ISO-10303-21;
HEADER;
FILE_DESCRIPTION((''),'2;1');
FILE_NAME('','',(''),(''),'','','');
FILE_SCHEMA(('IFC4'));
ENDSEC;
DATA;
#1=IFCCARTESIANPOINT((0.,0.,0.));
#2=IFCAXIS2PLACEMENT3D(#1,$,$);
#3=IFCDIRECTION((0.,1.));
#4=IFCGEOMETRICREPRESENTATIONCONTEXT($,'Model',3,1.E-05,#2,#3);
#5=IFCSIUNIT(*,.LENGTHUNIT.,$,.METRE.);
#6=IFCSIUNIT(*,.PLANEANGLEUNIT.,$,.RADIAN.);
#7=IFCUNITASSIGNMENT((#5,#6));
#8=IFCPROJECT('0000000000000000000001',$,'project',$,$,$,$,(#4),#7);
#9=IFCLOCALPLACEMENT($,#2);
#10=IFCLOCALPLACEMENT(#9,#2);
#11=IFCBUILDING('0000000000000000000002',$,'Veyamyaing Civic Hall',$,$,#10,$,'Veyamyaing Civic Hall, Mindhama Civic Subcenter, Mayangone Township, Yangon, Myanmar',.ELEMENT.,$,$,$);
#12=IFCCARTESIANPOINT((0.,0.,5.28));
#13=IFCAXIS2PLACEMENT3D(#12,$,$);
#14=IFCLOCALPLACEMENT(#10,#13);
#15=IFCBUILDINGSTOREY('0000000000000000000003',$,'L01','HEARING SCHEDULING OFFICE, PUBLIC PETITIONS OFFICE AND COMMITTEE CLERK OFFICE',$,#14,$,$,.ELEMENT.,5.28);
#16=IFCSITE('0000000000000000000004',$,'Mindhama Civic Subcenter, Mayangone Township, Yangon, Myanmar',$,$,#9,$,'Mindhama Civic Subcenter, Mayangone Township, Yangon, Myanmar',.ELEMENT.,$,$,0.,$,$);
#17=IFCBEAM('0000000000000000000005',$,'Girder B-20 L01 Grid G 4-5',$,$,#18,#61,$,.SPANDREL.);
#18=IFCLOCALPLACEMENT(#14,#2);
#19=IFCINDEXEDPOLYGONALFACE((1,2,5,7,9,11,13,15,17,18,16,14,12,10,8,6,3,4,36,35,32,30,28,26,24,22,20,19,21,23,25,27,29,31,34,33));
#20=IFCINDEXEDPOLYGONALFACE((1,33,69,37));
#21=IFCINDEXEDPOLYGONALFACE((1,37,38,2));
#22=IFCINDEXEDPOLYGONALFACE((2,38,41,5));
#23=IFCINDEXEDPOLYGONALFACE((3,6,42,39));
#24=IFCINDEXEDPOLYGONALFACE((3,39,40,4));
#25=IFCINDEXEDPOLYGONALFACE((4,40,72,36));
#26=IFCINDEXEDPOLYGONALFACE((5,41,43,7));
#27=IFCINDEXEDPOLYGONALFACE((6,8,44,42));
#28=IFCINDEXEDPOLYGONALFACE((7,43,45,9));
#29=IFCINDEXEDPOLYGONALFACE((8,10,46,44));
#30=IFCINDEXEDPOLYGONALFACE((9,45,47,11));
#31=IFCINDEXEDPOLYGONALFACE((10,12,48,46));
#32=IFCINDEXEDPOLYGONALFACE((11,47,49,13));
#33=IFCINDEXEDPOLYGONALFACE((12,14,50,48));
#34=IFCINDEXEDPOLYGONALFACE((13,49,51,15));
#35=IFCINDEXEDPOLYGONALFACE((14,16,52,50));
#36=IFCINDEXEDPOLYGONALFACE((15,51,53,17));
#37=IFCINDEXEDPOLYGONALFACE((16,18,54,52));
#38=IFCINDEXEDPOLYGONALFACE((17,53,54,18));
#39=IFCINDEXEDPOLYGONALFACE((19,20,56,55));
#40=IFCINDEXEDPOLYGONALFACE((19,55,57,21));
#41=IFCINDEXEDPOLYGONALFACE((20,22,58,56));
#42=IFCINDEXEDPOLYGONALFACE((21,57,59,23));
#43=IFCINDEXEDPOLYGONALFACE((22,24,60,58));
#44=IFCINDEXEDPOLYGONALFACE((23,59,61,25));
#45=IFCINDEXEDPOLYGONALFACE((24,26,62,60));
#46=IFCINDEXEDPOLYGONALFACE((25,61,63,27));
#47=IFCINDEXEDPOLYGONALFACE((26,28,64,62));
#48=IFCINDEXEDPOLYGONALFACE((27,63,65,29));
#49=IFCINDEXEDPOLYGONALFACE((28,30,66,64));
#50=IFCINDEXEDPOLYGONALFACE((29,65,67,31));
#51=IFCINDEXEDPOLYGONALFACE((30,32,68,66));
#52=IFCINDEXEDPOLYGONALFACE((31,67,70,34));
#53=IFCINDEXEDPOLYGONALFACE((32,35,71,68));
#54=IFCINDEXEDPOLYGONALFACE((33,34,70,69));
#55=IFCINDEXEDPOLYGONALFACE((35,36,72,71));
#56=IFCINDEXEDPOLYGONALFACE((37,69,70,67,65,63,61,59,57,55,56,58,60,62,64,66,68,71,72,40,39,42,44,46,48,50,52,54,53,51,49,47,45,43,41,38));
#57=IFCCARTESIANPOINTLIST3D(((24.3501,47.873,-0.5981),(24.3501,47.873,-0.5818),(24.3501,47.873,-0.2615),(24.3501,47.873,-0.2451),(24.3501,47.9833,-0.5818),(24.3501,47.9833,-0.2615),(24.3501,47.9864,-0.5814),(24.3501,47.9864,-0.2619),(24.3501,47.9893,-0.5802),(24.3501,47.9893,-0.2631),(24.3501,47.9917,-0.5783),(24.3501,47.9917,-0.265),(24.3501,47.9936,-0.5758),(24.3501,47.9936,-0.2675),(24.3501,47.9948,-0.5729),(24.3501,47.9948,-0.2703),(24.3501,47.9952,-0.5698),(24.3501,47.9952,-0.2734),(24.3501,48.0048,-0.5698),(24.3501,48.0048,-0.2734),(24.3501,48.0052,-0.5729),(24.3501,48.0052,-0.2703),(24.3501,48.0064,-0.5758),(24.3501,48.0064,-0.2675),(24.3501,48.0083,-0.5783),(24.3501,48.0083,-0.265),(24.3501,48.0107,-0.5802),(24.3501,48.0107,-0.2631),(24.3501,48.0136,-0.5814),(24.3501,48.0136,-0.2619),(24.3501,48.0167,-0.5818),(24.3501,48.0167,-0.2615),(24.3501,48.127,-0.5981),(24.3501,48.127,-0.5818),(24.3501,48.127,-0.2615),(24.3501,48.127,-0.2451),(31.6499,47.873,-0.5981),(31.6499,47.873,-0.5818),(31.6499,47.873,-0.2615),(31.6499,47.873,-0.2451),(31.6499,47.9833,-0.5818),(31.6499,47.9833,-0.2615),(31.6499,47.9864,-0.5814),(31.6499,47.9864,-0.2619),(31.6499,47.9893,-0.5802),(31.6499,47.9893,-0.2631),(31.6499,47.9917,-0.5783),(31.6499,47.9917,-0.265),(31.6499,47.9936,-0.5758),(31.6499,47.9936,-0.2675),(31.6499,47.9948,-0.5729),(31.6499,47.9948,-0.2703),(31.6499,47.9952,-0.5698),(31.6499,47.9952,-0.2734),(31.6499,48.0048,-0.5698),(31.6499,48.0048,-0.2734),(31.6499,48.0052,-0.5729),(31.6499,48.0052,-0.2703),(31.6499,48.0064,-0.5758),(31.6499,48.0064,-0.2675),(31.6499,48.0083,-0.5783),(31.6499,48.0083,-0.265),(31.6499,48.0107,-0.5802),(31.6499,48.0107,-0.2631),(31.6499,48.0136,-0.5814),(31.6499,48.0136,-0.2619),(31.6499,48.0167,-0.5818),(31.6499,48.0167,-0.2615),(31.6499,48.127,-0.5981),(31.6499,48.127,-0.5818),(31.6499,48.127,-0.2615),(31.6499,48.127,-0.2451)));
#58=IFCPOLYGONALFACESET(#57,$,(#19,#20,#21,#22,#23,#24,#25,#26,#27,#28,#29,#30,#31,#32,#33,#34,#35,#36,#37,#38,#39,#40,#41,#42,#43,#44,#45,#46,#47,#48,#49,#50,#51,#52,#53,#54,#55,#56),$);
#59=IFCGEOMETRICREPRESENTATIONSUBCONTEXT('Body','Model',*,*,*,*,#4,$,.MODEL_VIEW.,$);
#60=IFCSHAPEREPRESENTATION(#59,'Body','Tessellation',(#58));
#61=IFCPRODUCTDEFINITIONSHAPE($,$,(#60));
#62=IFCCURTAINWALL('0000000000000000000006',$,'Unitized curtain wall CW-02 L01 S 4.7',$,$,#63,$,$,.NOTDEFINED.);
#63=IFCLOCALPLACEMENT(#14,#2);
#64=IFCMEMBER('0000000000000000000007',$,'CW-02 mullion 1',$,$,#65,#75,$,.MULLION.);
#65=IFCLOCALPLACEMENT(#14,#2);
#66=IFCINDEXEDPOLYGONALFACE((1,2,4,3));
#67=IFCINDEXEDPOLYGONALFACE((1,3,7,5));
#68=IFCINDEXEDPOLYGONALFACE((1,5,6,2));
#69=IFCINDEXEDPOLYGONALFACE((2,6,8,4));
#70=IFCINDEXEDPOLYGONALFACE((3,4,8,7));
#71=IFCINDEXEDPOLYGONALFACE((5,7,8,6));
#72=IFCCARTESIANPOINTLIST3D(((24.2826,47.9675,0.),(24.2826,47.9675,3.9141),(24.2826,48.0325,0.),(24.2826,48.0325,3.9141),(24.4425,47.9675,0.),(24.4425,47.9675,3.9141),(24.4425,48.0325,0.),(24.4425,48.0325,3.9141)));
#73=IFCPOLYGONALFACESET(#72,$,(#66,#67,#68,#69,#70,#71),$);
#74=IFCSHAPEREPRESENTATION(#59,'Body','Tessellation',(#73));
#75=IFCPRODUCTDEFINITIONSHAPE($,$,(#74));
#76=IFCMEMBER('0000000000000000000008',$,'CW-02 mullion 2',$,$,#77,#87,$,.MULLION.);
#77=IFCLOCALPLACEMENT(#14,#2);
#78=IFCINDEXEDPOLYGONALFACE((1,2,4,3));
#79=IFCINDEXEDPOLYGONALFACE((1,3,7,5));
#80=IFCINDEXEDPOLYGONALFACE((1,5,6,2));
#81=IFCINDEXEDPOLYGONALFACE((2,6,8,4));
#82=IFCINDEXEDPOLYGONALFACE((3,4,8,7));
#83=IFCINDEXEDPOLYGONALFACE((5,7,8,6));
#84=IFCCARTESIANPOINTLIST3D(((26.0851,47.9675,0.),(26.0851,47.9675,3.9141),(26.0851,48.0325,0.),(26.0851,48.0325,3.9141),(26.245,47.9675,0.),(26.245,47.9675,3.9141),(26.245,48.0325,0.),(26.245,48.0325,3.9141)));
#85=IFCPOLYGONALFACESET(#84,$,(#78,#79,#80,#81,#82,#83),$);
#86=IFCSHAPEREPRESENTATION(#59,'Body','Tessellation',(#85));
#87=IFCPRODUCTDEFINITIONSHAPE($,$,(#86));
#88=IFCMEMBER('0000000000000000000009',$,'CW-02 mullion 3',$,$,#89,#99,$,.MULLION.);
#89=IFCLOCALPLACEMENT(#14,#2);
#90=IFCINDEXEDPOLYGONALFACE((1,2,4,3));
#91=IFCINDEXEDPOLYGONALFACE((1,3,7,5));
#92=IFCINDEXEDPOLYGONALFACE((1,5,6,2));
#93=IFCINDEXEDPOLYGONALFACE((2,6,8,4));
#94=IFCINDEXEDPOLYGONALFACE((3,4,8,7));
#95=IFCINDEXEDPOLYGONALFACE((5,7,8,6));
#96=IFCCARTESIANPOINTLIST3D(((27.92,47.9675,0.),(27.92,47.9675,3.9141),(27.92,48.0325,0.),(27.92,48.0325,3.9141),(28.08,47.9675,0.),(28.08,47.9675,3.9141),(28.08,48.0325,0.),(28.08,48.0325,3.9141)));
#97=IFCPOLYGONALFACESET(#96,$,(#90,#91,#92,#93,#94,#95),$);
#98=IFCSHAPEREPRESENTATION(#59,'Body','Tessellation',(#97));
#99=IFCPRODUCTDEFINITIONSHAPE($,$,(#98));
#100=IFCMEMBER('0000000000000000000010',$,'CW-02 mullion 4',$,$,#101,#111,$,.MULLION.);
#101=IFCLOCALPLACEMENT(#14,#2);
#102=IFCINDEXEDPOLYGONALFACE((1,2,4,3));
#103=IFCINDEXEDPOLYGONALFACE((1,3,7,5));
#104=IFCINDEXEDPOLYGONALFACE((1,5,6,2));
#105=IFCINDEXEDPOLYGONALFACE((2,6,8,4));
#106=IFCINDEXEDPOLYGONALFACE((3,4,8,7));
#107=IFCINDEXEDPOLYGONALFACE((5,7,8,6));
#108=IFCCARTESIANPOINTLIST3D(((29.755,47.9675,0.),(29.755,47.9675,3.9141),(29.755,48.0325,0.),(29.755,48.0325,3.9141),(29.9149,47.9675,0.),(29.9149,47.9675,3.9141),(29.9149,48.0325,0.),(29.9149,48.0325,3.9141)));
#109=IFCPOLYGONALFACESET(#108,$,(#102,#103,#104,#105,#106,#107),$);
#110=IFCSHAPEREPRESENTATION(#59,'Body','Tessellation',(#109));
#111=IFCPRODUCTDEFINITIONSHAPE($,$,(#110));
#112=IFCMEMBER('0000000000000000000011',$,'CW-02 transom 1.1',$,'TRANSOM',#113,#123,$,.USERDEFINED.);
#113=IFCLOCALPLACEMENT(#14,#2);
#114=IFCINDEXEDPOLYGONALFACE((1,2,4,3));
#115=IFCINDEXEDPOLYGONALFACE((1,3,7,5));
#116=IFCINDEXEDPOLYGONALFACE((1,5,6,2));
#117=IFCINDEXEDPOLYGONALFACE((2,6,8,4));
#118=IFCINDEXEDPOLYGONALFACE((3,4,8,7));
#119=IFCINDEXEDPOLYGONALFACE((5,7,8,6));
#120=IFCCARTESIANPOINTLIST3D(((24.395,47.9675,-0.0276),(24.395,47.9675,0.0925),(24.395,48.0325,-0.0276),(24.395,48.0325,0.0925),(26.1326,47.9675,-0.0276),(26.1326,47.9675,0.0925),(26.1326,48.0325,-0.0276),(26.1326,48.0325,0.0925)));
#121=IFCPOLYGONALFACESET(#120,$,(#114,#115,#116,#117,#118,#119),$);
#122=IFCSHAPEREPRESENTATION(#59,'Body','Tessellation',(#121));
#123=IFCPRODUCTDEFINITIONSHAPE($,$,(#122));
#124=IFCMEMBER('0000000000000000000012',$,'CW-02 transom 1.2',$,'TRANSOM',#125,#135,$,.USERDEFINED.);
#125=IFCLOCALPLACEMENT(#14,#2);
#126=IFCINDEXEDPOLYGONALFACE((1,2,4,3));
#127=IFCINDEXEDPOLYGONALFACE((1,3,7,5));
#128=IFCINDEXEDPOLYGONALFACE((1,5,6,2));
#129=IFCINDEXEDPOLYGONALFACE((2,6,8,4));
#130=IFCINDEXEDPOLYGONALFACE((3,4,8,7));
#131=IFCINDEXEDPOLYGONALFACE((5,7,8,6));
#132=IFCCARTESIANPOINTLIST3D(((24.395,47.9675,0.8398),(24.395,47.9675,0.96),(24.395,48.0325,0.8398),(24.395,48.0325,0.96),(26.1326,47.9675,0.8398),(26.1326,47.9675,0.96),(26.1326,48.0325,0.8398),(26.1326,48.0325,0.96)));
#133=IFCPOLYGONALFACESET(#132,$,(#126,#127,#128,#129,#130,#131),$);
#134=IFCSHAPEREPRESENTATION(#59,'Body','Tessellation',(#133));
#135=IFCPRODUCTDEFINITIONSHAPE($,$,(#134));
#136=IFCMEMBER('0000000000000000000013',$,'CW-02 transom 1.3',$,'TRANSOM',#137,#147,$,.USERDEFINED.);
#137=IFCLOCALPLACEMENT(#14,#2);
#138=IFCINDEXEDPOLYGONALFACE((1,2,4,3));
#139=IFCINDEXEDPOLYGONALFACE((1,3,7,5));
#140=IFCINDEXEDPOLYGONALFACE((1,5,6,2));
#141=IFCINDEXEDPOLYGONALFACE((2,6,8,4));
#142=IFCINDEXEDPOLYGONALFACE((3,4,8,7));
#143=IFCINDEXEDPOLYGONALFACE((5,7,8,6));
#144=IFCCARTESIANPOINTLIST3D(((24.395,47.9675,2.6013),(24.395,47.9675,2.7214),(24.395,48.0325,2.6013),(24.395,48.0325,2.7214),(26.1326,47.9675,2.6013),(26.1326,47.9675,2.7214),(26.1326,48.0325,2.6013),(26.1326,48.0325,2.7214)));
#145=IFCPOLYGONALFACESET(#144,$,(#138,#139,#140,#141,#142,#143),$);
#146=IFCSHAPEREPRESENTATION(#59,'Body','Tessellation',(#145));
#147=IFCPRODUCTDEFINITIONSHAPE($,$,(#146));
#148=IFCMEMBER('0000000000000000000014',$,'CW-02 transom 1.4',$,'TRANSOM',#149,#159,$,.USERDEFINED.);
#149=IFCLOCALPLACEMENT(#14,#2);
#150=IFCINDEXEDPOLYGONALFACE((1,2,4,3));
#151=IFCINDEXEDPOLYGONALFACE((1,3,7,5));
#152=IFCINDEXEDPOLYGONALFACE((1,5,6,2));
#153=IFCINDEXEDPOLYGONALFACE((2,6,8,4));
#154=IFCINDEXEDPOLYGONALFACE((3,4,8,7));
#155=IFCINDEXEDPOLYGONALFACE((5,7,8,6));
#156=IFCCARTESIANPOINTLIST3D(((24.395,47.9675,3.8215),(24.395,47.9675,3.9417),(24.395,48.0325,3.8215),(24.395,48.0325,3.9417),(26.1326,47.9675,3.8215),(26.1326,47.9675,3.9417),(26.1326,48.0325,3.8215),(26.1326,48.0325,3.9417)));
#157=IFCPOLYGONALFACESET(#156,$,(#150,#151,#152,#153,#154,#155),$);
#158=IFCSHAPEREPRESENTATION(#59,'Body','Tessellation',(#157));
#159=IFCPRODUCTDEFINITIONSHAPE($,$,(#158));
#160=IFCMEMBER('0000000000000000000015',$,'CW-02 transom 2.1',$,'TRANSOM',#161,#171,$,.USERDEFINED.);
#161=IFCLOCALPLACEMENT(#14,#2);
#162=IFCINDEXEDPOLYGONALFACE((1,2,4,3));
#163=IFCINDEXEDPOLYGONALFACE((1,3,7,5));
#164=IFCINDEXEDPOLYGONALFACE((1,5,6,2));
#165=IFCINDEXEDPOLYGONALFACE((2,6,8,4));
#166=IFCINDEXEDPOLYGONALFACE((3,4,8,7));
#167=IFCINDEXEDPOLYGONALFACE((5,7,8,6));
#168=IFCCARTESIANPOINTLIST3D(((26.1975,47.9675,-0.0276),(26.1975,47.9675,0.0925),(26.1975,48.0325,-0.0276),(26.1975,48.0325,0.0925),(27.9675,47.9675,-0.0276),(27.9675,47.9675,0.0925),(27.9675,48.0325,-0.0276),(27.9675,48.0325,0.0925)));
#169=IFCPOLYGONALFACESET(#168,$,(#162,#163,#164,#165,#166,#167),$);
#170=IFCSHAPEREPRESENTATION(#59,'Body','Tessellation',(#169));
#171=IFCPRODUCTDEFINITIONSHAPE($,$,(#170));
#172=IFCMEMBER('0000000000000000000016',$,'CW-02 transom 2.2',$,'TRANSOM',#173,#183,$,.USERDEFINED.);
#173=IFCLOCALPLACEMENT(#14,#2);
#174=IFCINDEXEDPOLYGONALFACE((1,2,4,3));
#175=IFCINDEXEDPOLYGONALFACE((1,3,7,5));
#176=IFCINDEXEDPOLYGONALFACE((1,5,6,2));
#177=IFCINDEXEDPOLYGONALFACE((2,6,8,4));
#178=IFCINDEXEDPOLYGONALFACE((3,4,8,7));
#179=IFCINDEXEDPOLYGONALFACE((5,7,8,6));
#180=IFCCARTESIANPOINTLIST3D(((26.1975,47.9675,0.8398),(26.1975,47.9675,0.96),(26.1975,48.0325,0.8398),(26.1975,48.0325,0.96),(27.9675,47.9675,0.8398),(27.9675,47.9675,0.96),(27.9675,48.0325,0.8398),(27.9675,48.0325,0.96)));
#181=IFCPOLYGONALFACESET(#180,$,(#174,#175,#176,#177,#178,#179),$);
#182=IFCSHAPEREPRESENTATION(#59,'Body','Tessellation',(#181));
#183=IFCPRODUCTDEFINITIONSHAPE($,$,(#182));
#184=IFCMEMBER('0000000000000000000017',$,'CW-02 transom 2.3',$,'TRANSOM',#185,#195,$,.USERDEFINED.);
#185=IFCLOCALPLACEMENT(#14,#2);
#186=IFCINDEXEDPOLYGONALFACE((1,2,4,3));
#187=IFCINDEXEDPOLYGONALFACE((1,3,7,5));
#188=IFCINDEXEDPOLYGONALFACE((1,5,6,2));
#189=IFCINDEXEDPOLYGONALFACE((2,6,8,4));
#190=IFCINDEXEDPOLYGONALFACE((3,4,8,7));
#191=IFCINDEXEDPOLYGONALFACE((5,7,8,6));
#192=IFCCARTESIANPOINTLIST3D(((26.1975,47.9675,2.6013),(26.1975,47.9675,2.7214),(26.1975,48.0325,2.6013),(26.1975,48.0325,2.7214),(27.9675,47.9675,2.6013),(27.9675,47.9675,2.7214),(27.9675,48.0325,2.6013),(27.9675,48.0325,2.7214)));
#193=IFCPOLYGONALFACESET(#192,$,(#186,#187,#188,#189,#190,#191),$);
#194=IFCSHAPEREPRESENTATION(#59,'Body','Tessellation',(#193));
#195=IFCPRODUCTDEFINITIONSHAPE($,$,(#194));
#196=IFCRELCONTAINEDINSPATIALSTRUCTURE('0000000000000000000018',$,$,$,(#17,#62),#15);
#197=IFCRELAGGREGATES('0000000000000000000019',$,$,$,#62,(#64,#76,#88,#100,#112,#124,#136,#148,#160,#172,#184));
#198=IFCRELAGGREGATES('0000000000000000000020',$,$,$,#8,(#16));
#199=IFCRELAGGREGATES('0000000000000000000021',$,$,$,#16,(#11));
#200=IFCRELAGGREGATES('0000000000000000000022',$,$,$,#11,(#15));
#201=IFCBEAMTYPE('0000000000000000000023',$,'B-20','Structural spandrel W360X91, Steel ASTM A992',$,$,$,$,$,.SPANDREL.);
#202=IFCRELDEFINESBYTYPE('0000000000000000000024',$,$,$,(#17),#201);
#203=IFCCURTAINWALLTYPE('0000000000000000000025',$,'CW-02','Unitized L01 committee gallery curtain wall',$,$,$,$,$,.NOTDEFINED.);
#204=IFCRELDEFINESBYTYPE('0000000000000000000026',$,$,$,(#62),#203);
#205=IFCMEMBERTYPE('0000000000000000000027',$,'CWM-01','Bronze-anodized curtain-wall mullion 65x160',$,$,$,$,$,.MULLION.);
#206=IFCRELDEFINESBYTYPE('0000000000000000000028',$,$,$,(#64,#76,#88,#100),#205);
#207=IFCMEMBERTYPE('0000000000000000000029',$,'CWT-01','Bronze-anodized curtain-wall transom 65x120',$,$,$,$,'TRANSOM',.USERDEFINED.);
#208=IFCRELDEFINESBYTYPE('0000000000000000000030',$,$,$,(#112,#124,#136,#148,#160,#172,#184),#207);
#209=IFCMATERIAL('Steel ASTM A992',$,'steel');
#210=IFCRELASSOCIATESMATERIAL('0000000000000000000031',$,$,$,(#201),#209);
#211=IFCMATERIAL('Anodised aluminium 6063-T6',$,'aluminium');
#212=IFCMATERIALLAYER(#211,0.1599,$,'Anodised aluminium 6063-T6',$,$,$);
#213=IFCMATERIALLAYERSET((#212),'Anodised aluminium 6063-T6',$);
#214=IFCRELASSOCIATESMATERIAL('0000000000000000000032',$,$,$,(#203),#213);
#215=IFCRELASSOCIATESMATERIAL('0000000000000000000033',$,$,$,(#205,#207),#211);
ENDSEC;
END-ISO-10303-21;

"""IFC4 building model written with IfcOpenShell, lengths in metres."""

from ifc_helpers import new_model, si_unit, direction, frame, origin, origin_2d, place, context, subcontext, project, spatial, rectangle, i_section, extrude, material, layer, layer_set, material_profile, profile_set, type_object, element, aggregate, save


model = new_model("IFC4")

# Units and contexts
model_context = context("Model", 3, precision=1e-05, world=origin(), true_north=direction((0.0, 1.0)))
body_context = subcontext(model_context, "Body", "Model", "MODEL_VIEW")
ifc_project = project(units=[si_unit("LENGTHUNIT", "METRE"), si_unit("PLANEANGLEUNIT", "RADIAN")], contexts=[model_context])

# Site, building, storey
site_placement = place(None, origin())
site = spatial("IfcSite", under=ifc_project, at=site_placement, Name="Mindhama Civic Subcenter, Mayangone Township, Yangon, Myanmar", LongName="Mindhama Civic Subcenter, Mayangone Township, Yangon, Myanmar", CompositionType="ELEMENT", RefElevation=0.0)
building_placement = place(site_placement, origin())
building = spatial("IfcBuilding", under=site, at=building_placement, Name="Veyamyaing Civic Hall", LongName="Veyamyaing Civic Hall, Mindhama Civic Subcenter, Mayangone Township, Yangon, Myanmar", CompositionType="ELEMENT")
storey_placement = place(building_placement, frame((0.0, 0.0, 5.28)))
storey = spatial("IfcBuildingStorey", under=building, at=storey_placement, Name="L01", Description="HEARING SCHEDULING OFFICE, PUBLIC PETITIONS OFFICE AND COMMITTEE CLERK OFFICE", CompositionType="ELEMENT", Elevation=5.28)

# Beam
ifc_material_1 = material(Name="Steel ASTM A992", Category="steel")
ifc_material_profile_1 = material_profile(ifc_material_1, i_section(OverallWidth=0.2539, OverallDepth=0.353, WebThickness=0.0095, FlangeThickness=0.0164, FilletRadius=0.012, at=origin_2d()), Name="W360X91")
ifc_profile_set_1 = profile_set([ifc_material_profile_1], Name="Steel ASTM A992")
beam_type_1 = type_object("IfcBeamType", Name="B-20", Description="Structural spandrel W360X91, Steel ASTM A992", PredefinedType="SPANDREL", material=ifc_profile_set_1)
beam_1_placement = place(storey_placement, frame((24.3501, 48.0, -0.4216), z_axis=(1.0, 0.0, 0.0), x_axis=(0.0, 1.0, 0.0)))
element("IfcBeam", 1, at=beam_1_placement, inside=storey, type_object=beam_type_1, Name="Girder B-20 L01 Grid G 4-5", PredefinedType="SPANDREL", context=body_context, shape_type="SweptSolid", body=[
    extrude(i_section(OverallWidth=0.2539, OverallDepth=0.353, WebThickness=0.0095, FlangeThickness=0.0164, FilletRadius=0.012, at=origin_2d()), origin(), (0.0, 0.0, 1.0), 7.2998),
])

# Curtain wall, members
ifc_material_2 = material(Name="Anodised aluminium 6063-T6", Category="aluminium")
ifc_layer_1 = layer(ifc_material_2, 0.1599, Name="Anodised aluminium 6063-T6")
ifc_layer_set_1 = layer_set([ifc_layer_1], Name="Anodised aluminium 6063-T6")
curtain_wall_type = type_object("IfcCurtainWallType", Name="CW-02", Description="Unitized L01 committee gallery curtain wall", PredefinedType="NOTDEFINED", material=ifc_layer_set_1)
curtain_wall_placement = place(storey_placement, origin())
curtain_wall = element("IfcCurtainWall", 2, at=curtain_wall_placement, inside=storey, type_object=curtain_wall_type, Name="Unitized curtain wall CW-02 L01 S 4.7", PredefinedType="NOTDEFINED")
ifc_material_profile_2 = material_profile(ifc_material_2, rectangle(XDim=0.0649, YDim=0.1599, at=origin_2d()), Name="ALU-MUL-65X160")
ifc_profile_set_2 = profile_set([ifc_material_profile_2], Name="Anodised aluminium 6063-T6")
member_type_1 = type_object("IfcMemberType", Name="CWM-01", Description="Bronze-anodized curtain-wall mullion 65x160", PredefinedType="MULLION", material=ifc_profile_set_2)
member_1_placement = place(storey_placement, frame((24.3625, 48.0, 0.0), z_axis=(0.0, 0.0, 1.0), x_axis=(0.0, 1.0, 0.0)))
member_1 = element("IfcMember", 3, at=member_1_placement, type_object=member_type_1, Name="CW-02 mullion 1", PredefinedType="MULLION", context=body_context, shape_type="SweptSolid", body=[
    extrude(rectangle(XDim=0.0649, YDim=0.1599, at=origin_2d()), origin(), (0.0, 0.0, 1.0), 3.9141),
])
member_2_placement = place(storey_placement, frame((26.165, 48.0, 0.0), z_axis=(0.0, 0.0, 1.0), x_axis=(0.0, 1.0, 0.0)))
member_2 = element("IfcMember", 4, at=member_2_placement, type_object=member_type_1, Name="CW-02 mullion 2", PredefinedType="MULLION", context=body_context, shape_type="SweptSolid", body=[
    extrude(rectangle(XDim=0.0649, YDim=0.1599, at=origin_2d()), origin(), (0.0, 0.0, 1.0), 3.9141),
])
member_3_placement = place(storey_placement, frame((28.0, 48.0, 0.0), z_axis=(0.0, 0.0, 1.0), x_axis=(0.0, 1.0, 0.0)))
member_3 = element("IfcMember", 5, at=member_3_placement, type_object=member_type_1, Name="CW-02 mullion 3", PredefinedType="MULLION", context=body_context, shape_type="SweptSolid", body=[
    extrude(rectangle(XDim=0.0649, YDim=0.1599, at=origin_2d()), origin(), (0.0, 0.0, 1.0), 3.9141),
])
member_4_placement = place(storey_placement, frame((29.835, 48.0, 0.0), z_axis=(0.0, 0.0, 1.0), x_axis=(0.0, 1.0, 0.0)))
member_4 = element("IfcMember", 6, at=member_4_placement, type_object=member_type_1, Name="CW-02 mullion 4", PredefinedType="MULLION", context=body_context, shape_type="SweptSolid", body=[
    extrude(rectangle(XDim=0.0649, YDim=0.1599, at=origin_2d()), origin(), (0.0, 0.0, 1.0), 3.9141),
])
ifc_material_profile_3 = material_profile(ifc_material_2, rectangle(XDim=0.0649, YDim=0.1201, at=origin_2d()), Name="ALU-TRN-65X120")
ifc_profile_set_3 = profile_set([ifc_material_profile_3], Name="Anodised aluminium 6063-T6")
member_type_2 = type_object("IfcMemberType", Name="CWT-01", Description="Bronze-anodized curtain-wall transom 65x120", ElementType="TRANSOM", PredefinedType="USERDEFINED", material=ifc_profile_set_3)
member_5_placement = place(storey_placement, frame((24.395, 48.0, 0.0325), z_axis=(1.0, 0.0, 0.0), x_axis=(0.0, 1.0, 0.0)))
member_5 = element("IfcMember", 7, at=member_5_placement, type_object=member_type_2, Name="CW-02 transom 1.1", ObjectType="TRANSOM", PredefinedType="USERDEFINED", context=body_context, shape_type="SweptSolid", body=[
    extrude(rectangle(XDim=0.0649, YDim=0.1201, at=origin_2d()), origin(), (0.0, 0.0, 1.0), 1.7375),
])
member_6_placement = place(storey_placement, frame((24.395, 48.0, 0.8999), z_axis=(1.0, 0.0, 0.0), x_axis=(0.0, 1.0, 0.0)))
member_6 = element("IfcMember", 8, at=member_6_placement, type_object=member_type_2, Name="CW-02 transom 1.2", ObjectType="TRANSOM", PredefinedType="USERDEFINED", context=body_context, shape_type="SweptSolid", body=[
    extrude(rectangle(XDim=0.0649, YDim=0.1201, at=origin_2d()), origin(), (0.0, 0.0, 1.0), 1.7375),
])
member_7_placement = place(storey_placement, frame((24.395, 48.0, 2.6614), z_axis=(1.0, 0.0, 0.0), x_axis=(0.0, 1.0, 0.0)))
member_7 = element("IfcMember", 9, at=member_7_placement, type_object=member_type_2, Name="CW-02 transom 1.3", ObjectType="TRANSOM", PredefinedType="USERDEFINED", context=body_context, shape_type="SweptSolid", body=[
    extrude(rectangle(XDim=0.0649, YDim=0.1201, at=origin_2d()), origin(), (0.0, 0.0, 1.0), 1.7375),
])
member_8_placement = place(storey_placement, frame((24.395, 48.0, 3.8816), z_axis=(1.0, 0.0, 0.0), x_axis=(0.0, 1.0, 0.0)))
member_8 = element("IfcMember", 10, at=member_8_placement, type_object=member_type_2, Name="CW-02 transom 1.4", ObjectType="TRANSOM", PredefinedType="USERDEFINED", context=body_context, shape_type="SweptSolid", body=[
    extrude(rectangle(XDim=0.0649, YDim=0.1201, at=origin_2d()), origin(), (0.0, 0.0, 1.0), 1.7375),
])
member_9_placement = place(storey_placement, frame((26.1975, 48.0, 0.0325), z_axis=(1.0, 0.0, 0.0), x_axis=(0.0, 1.0, 0.0)))
member_9 = element("IfcMember", 11, at=member_9_placement, type_object=member_type_2, Name="CW-02 transom 2.1", ObjectType="TRANSOM", PredefinedType="USERDEFINED", context=body_context, shape_type="SweptSolid", body=[
    extrude(rectangle(XDim=0.0649, YDim=0.1201, at=origin_2d()), origin(), (0.0, 0.0, 1.0), 1.77),
])
member_10_placement = place(storey_placement, frame((26.1975, 48.0, 0.8999), z_axis=(1.0, 0.0, 0.0), x_axis=(0.0, 1.0, 0.0)))
member_10 = element("IfcMember", 12, at=member_10_placement, type_object=member_type_2, Name="CW-02 transom 2.2", ObjectType="TRANSOM", PredefinedType="USERDEFINED", context=body_context, shape_type="SweptSolid", body=[
    extrude(rectangle(XDim=0.0649, YDim=0.1201, at=origin_2d()), origin(), (0.0, 0.0, 1.0), 1.77),
])
member_11_placement = place(storey_placement, frame((26.1975, 48.0, 2.6614), z_axis=(1.0, 0.0, 0.0), x_axis=(0.0, 1.0, 0.0)))
member_11 = element("IfcMember", 13, at=member_11_placement, type_object=member_type_2, Name="CW-02 transom 2.3", ObjectType="TRANSOM", PredefinedType="USERDEFINED", context=body_context, shape_type="SweptSolid", body=[
    extrude(rectangle(XDim=0.0649, YDim=0.1201, at=origin_2d()), origin(), (0.0, 0.0, 1.0), 1.77),
])

aggregate(curtain_wall, [member_1, member_2, member_3, member_4, member_5, member_6, member_7, member_8, member_9, member_10, member_11])

save(model, "model.ifc")
